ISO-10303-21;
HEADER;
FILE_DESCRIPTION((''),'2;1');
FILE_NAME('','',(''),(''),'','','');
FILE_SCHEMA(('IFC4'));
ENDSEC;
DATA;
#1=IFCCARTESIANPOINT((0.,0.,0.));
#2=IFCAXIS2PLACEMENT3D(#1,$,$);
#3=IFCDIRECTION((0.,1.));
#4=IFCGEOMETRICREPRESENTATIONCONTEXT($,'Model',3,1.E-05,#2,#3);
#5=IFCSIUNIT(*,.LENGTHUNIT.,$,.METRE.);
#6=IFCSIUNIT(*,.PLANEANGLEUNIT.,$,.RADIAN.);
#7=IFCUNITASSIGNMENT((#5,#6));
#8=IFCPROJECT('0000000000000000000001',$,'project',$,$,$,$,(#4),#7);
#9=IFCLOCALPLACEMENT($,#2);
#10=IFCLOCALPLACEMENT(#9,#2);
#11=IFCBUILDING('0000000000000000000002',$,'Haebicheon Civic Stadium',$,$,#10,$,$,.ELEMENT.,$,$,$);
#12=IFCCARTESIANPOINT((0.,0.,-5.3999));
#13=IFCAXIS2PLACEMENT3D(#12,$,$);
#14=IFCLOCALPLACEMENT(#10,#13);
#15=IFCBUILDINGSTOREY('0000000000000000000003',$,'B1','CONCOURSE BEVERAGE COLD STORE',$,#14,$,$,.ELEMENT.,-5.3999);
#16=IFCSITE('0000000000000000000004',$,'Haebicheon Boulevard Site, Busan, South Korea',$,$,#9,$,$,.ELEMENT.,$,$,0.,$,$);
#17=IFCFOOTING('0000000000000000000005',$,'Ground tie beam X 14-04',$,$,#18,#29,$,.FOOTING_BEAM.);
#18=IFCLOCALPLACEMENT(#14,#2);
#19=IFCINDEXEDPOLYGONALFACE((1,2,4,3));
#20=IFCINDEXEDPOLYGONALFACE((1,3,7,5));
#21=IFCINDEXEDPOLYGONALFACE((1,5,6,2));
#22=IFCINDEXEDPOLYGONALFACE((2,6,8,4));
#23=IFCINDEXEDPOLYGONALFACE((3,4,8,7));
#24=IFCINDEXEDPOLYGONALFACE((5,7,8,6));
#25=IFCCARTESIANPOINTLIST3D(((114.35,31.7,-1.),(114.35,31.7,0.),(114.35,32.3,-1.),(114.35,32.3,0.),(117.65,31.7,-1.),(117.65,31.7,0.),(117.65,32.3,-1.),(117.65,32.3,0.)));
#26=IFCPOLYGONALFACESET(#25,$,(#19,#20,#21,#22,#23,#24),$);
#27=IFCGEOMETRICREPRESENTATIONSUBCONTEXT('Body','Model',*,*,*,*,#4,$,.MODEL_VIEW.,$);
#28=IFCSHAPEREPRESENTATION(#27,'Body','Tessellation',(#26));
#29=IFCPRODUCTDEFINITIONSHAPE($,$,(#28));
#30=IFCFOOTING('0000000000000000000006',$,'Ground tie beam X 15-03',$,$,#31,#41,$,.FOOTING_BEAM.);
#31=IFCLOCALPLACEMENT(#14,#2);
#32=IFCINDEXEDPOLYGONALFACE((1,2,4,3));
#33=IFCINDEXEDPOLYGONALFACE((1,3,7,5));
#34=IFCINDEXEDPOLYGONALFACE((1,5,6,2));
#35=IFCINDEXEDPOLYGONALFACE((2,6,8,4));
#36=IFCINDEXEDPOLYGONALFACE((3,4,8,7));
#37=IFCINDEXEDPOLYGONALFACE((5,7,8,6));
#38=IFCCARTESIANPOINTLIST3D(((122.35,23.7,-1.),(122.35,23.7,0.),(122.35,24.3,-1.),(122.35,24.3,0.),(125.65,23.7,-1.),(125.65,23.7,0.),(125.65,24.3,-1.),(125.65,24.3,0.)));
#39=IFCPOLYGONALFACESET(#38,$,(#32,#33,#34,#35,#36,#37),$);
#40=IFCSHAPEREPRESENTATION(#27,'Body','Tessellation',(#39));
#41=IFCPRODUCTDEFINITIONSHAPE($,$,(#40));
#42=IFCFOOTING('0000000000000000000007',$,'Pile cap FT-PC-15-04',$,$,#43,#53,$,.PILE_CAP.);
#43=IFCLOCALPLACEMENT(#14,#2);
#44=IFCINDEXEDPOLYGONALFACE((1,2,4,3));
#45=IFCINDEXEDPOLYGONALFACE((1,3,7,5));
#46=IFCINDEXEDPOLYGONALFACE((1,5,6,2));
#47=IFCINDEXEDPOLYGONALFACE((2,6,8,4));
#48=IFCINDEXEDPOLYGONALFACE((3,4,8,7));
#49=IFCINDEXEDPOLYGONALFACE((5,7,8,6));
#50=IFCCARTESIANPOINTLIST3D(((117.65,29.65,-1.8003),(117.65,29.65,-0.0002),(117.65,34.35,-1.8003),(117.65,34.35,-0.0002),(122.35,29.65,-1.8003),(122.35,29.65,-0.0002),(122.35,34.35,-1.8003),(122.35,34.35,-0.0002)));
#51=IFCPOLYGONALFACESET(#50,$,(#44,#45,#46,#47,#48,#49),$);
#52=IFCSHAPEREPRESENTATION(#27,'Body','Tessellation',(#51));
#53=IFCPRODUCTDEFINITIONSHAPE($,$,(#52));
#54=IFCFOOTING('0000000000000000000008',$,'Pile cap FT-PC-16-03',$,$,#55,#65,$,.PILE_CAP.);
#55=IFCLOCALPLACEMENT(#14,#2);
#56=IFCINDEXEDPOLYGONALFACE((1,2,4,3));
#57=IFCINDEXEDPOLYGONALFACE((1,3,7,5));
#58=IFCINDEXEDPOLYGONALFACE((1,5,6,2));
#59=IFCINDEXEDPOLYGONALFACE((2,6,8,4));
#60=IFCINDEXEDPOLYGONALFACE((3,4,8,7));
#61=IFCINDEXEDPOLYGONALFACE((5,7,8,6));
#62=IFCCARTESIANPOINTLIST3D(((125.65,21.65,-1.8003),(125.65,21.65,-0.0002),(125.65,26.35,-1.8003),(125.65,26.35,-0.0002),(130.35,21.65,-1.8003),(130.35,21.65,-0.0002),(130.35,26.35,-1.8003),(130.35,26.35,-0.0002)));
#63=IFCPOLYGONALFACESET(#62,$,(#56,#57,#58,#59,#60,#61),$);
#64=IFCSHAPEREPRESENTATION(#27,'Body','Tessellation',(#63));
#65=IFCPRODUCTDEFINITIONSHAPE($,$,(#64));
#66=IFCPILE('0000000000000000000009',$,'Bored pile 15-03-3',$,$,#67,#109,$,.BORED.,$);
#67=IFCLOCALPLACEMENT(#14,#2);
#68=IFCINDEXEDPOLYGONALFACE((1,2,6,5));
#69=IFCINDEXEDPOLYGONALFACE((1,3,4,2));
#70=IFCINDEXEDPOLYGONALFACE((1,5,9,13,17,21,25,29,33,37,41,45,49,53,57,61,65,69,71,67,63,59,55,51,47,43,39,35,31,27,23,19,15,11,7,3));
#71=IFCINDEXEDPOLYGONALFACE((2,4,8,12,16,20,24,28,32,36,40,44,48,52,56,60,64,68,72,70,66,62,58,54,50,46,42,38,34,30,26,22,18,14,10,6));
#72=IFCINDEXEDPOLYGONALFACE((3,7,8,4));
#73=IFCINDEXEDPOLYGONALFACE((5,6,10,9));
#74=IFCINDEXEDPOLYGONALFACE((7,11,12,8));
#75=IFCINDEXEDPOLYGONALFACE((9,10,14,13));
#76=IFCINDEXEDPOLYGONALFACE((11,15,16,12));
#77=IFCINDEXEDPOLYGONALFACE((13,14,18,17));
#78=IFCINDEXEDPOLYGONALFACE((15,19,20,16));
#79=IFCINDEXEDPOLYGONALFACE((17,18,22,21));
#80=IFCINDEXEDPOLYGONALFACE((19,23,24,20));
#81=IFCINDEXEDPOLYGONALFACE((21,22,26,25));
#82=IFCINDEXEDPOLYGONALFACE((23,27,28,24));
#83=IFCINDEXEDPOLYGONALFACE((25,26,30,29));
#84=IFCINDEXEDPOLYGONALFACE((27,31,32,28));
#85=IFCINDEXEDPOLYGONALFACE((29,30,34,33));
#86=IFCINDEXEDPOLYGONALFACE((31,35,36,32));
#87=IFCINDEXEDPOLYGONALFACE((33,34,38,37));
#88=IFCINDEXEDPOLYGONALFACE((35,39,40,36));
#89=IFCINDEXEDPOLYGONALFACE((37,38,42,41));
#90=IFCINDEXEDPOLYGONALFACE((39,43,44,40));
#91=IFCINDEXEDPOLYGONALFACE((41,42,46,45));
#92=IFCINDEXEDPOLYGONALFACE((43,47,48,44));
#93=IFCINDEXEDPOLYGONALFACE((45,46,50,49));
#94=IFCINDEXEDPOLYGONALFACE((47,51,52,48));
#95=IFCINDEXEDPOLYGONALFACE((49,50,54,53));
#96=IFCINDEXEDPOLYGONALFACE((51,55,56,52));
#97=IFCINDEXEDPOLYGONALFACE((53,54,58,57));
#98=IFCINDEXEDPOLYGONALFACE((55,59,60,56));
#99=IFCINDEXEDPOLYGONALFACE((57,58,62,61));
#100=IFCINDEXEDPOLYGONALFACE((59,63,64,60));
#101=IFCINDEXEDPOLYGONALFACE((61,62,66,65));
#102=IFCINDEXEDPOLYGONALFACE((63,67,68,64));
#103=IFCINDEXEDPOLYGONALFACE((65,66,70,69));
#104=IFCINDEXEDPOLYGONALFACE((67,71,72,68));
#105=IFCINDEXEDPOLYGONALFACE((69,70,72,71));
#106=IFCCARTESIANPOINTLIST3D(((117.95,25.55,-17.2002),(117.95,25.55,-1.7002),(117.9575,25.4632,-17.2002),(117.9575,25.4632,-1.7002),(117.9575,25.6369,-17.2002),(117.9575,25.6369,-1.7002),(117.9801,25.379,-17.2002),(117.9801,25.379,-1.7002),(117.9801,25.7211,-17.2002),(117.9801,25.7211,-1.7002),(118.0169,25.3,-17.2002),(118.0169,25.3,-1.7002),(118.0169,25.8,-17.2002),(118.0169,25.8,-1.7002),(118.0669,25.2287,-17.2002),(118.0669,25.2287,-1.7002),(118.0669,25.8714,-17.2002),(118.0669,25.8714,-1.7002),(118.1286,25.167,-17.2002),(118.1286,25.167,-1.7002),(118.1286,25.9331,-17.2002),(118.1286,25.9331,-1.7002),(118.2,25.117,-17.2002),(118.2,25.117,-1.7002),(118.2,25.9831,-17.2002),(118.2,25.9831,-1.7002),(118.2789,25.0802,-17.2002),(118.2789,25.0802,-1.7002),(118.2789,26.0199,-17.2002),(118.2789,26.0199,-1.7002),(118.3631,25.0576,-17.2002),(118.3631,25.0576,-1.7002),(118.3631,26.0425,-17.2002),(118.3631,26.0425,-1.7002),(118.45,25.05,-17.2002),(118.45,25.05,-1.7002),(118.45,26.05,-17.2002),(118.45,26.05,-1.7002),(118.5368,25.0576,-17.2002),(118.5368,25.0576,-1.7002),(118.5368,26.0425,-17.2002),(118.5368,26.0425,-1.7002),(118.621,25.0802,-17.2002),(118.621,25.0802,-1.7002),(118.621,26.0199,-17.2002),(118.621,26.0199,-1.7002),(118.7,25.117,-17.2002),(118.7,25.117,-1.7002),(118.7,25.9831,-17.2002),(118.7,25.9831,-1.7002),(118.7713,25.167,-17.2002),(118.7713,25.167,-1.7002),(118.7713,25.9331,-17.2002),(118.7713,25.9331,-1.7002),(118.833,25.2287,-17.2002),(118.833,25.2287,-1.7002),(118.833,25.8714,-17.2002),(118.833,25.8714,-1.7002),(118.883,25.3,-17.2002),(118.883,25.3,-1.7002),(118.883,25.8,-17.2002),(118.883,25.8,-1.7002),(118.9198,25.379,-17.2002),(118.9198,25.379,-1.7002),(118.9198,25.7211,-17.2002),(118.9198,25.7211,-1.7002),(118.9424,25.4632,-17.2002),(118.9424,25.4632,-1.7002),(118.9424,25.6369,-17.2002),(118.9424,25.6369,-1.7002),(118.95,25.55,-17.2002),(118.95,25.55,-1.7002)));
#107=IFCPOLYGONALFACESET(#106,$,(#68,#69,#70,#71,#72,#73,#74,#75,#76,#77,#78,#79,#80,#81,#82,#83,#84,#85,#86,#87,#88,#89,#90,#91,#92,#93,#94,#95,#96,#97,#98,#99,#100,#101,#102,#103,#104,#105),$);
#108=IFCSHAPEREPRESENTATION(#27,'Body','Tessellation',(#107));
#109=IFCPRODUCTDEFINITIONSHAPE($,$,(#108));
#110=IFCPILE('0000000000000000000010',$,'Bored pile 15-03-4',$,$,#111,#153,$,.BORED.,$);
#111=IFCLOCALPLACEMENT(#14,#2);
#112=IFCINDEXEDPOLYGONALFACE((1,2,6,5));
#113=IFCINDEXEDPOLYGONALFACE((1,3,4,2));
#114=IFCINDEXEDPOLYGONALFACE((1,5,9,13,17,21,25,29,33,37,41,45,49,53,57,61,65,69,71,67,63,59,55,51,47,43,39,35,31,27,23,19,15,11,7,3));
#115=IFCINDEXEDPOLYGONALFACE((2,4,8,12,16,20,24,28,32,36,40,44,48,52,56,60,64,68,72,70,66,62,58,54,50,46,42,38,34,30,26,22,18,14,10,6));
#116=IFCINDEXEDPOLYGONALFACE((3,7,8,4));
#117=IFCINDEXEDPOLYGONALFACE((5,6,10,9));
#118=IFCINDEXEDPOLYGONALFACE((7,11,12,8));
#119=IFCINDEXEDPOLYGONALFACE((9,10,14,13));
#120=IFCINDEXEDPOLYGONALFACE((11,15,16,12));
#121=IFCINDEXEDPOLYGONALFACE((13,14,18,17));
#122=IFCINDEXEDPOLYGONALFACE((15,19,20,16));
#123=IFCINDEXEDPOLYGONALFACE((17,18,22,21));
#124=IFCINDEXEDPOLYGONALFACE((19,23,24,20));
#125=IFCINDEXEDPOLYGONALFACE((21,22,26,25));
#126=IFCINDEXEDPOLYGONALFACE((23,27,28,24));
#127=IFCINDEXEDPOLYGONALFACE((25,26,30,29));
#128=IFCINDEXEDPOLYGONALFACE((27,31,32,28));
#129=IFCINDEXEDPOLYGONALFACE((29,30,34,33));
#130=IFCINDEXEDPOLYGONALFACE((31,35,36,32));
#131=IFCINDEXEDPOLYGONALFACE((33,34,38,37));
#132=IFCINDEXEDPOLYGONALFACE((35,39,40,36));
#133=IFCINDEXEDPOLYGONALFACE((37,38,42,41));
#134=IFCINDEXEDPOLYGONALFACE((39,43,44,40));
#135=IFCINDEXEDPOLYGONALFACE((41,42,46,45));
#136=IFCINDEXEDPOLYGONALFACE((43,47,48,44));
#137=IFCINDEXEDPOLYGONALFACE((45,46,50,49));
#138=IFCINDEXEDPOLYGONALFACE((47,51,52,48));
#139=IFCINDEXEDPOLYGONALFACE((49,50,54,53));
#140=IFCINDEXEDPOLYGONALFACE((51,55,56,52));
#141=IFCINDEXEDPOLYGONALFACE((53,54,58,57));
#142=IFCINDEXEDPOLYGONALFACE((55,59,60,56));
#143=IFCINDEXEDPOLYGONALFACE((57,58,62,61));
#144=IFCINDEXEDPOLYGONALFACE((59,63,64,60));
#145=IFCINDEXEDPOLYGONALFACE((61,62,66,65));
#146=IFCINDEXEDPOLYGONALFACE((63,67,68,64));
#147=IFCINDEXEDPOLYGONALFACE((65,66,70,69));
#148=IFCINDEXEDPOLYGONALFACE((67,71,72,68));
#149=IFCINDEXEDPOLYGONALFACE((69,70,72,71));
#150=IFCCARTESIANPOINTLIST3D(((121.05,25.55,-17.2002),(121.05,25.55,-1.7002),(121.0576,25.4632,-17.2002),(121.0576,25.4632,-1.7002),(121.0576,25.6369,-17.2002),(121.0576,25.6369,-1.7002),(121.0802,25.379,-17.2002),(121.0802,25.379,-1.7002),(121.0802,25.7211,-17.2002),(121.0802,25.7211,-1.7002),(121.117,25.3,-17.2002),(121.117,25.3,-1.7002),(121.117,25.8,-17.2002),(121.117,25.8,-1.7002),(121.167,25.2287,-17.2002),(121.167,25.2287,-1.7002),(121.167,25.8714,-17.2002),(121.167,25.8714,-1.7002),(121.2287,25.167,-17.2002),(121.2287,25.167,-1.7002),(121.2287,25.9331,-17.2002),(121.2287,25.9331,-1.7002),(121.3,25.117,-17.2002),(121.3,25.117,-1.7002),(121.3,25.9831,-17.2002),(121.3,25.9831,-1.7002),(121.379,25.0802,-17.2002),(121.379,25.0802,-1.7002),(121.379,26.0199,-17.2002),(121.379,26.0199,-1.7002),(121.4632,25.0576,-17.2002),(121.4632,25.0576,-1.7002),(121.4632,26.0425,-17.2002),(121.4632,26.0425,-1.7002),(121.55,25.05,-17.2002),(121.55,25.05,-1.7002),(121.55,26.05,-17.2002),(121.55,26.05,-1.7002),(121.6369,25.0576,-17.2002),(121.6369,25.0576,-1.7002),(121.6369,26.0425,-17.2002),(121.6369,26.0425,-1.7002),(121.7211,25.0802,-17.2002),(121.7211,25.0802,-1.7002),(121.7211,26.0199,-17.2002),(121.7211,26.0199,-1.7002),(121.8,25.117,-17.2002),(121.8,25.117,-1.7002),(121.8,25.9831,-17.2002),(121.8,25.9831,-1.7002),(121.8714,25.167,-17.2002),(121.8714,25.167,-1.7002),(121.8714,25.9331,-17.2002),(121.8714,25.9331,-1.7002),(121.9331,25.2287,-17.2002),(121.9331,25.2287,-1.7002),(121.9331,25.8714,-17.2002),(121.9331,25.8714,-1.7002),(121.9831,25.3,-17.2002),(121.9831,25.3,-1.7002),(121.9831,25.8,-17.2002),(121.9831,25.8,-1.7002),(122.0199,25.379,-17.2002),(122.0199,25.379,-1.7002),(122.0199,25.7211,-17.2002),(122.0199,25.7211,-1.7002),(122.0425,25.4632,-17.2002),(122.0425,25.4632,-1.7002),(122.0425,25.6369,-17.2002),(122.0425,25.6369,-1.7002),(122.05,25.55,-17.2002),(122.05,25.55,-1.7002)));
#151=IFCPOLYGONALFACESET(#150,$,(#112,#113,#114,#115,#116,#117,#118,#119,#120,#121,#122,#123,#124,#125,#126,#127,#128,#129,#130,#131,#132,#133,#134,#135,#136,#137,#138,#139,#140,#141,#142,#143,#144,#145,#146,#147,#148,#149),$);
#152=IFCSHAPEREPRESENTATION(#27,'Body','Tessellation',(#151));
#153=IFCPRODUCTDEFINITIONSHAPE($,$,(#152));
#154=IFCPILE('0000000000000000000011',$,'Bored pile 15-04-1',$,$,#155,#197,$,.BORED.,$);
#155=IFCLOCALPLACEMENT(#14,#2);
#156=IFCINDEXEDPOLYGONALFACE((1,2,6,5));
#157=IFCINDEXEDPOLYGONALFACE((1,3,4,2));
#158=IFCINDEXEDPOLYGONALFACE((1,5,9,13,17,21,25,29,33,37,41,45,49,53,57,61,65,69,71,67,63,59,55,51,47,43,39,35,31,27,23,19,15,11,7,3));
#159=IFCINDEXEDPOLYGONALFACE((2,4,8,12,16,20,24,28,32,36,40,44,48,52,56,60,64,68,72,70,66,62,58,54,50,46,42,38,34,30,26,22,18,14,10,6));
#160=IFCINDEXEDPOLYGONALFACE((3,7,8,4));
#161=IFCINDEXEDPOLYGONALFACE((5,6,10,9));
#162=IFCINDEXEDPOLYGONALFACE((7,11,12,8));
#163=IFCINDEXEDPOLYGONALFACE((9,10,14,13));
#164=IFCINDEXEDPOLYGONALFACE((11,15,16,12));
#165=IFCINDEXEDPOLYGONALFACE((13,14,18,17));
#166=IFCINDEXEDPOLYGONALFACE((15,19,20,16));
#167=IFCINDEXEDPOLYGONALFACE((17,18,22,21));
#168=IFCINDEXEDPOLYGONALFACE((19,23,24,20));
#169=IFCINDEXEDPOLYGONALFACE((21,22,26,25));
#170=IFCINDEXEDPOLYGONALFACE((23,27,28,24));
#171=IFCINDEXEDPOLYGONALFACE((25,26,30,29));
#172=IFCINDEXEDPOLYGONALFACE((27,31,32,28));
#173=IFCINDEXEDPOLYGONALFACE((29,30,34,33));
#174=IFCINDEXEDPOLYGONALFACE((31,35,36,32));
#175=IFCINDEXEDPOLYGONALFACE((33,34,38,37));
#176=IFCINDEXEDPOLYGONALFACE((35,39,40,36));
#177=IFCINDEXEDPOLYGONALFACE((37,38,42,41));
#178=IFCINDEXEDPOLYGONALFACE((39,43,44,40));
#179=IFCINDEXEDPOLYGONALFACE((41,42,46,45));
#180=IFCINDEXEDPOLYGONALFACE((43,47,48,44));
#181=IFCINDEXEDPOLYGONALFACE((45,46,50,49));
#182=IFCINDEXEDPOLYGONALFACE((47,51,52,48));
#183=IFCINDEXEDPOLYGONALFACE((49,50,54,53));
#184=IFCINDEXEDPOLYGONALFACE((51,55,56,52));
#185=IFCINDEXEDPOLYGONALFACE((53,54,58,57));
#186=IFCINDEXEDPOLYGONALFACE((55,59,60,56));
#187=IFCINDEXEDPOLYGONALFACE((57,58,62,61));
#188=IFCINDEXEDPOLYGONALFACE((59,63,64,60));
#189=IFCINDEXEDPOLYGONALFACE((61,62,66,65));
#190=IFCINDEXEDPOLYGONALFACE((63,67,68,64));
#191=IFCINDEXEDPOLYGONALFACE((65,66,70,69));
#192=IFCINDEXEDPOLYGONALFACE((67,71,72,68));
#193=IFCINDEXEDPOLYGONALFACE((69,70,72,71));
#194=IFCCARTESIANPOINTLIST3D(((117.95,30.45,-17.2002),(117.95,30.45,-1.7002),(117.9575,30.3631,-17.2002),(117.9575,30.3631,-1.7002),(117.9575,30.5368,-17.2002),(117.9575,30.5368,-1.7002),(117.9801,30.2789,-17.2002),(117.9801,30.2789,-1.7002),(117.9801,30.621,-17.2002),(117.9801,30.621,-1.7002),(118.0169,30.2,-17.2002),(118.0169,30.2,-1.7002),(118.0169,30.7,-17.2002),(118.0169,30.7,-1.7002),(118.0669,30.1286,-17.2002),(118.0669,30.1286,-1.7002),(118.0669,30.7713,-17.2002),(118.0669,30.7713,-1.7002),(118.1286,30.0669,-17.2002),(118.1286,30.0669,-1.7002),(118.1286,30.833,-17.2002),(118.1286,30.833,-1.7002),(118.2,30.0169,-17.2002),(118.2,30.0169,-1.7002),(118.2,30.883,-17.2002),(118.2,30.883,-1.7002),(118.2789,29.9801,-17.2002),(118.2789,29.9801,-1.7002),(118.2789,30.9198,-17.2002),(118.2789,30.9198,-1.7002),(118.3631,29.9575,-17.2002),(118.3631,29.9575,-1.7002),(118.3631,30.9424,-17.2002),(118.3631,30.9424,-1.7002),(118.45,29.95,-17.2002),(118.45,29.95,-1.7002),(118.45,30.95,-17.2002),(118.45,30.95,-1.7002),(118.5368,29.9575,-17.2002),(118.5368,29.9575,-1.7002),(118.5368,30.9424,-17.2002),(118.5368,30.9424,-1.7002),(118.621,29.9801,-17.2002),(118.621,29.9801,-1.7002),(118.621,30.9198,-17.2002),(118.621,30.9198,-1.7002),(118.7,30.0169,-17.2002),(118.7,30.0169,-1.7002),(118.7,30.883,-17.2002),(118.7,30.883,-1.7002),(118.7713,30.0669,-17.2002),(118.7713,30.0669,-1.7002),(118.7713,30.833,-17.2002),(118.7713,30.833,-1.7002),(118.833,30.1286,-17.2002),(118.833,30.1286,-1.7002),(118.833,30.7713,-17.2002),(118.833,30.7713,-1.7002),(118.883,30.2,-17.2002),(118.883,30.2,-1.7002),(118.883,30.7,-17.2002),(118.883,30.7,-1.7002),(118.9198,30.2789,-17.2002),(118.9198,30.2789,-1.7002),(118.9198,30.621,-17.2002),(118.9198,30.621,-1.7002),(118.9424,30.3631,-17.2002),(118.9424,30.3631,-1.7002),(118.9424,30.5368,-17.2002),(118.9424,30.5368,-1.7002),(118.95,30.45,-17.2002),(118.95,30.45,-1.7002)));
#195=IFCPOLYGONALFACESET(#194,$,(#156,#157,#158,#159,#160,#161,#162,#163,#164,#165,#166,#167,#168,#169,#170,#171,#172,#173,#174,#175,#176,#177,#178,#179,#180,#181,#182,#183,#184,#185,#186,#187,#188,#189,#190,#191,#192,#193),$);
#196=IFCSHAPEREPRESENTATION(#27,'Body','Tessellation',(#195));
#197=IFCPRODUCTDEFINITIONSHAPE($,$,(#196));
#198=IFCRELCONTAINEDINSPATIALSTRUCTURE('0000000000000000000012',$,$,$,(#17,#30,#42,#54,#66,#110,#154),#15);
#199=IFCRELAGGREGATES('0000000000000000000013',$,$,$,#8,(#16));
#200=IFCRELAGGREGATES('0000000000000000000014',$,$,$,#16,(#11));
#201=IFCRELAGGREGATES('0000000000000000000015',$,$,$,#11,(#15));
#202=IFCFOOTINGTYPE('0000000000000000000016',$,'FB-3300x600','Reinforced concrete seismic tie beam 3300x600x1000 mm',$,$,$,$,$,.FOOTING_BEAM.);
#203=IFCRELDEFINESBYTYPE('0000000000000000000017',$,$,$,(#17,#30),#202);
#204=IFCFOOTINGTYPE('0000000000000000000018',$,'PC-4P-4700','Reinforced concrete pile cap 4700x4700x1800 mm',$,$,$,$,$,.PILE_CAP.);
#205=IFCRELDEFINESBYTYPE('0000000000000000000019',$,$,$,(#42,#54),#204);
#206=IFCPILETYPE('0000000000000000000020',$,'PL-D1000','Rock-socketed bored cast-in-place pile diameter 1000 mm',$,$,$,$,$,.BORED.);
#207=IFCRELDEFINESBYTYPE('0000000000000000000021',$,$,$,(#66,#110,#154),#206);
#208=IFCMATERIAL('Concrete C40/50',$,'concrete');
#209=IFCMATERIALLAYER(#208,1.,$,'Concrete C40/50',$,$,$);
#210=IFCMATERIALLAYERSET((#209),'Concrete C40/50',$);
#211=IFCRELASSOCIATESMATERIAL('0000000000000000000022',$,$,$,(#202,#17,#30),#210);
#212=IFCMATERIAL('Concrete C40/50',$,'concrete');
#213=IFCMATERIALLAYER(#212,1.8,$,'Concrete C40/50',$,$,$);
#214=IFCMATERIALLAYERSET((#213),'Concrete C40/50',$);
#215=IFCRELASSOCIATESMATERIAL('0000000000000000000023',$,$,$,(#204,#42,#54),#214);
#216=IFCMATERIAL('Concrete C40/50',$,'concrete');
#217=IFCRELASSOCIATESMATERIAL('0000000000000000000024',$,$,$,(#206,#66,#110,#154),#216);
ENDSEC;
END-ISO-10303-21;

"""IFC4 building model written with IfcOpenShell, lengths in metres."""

from ifc_helpers import new_model, si_unit, direction, frame, origin, origin_2d, place, context, subcontext, project, spatial, rectangle, circle, extrude, material, layer, layer_set, material_profile, profile_set, type_object, element, save


model = new_model("IFC4")

# Units and contexts
model_context = context("Model", 3, precision=1e-05, world=origin(), true_north=direction((0.0, 1.0)))
body_context = subcontext(model_context, "Body", "Model", "MODEL_VIEW")
ifc_project = project(units=[si_unit("LENGTHUNIT", "METRE"), si_unit("PLANEANGLEUNIT", "RADIAN")], contexts=[model_context])

# Site, building, storey
site_placement = place(None, origin())
site = spatial("IfcSite", under=ifc_project, at=site_placement, Name="Haebicheon Boulevard Site, Busan, South Korea", CompositionType="ELEMENT", RefElevation=0.0)
building_placement = place(site_placement, origin())
building = spatial("IfcBuilding", under=site, at=building_placement, Name="Haebicheon Civic Stadium", CompositionType="ELEMENT")
storey_placement = place(building_placement, frame((0.0, 0.0, -5.3999)))
storey = spatial("IfcBuildingStorey", under=building, at=storey_placement, Name="B1", Description="CONCOURSE BEVERAGE COLD STORE", CompositionType="ELEMENT", Elevation=-5.3999)

# Footings
ifc_material_1 = material(Name="Concrete C40/50", Category="concrete")
ifc_layer_1 = layer(ifc_material_1, 1.0, Name="Concrete C40/50")
ifc_layer_set_1 = layer_set([ifc_layer_1], Name="Concrete C40/50")
footing_type_1 = type_object("IfcFootingType", Name="FB-3300x600", Description="Reinforced concrete seismic tie beam 3300x600x1000 mm", PredefinedType="FOOTING_BEAM", material=ifc_layer_set_1)
for number, where, z_axis, x_axis, name in (
    (1, (116.0, 32.0, -1.0), (0.0, 0.0, 1.0), (1.0, 0.0, 0.0), "Ground tie beam X 14-04"),
    (2, (124.0, 24.0, -1.0), (0.0, 0.0, 1.0), (1.0, 0.0, 0.0), "Ground tie beam X 15-03"),
):
    element("IfcFooting", number, at=place(storey_placement, frame(where, z_axis=z_axis, x_axis=x_axis)), inside=storey, type_object=footing_type_1, material=ifc_layer_set_1, Name=name, PredefinedType="FOOTING_BEAM", context=body_context, shape_type="SweptSolid", body=[
        extrude(rectangle(XDim=3.3, YDim=0.6001, at=origin_2d()), origin(), (0.0, 0.0, 1.0), 1.0),
    ])
ifc_material_2 = material(Name="Concrete C40/50", Category="concrete")
ifc_layer_2 = layer(ifc_material_2, 1.8, Name="Concrete C40/50")
ifc_layer_set_2 = layer_set([ifc_layer_2], Name="Concrete C40/50")
footing_type_2 = type_object("IfcFootingType", Name="PC-4P-4700", Description="Reinforced concrete pile cap 4700x4700x1800 mm", PredefinedType="PILE_CAP", material=ifc_layer_set_2)
for number, where, z_axis, x_axis, name in (
    (3, (120.0, 32.0, -1.8003), (0.0, 0.0, 1.0), (1.0, 0.0, 0.0), "Pile cap FT-PC-15-04"),
    (4, (128.0, 24.0, -1.8003), (0.0, 0.0, 1.0), (1.0, 0.0, 0.0), "Pile cap FT-PC-16-03"),
):
    element("IfcFooting", number, at=place(storey_placement, frame(where, z_axis=z_axis, x_axis=x_axis)), inside=storey, type_object=footing_type_2, material=ifc_layer_set_2, Name=name, PredefinedType="PILE_CAP", context=body_context, shape_type="SweptSolid", body=[
        extrude(rectangle(XDim=4.7, YDim=4.7, at=origin_2d()), origin(), (0.0, 0.0, 1.0), 1.8),
    ])

# Piles
ifc_material_3 = material(Name="Concrete C40/50", Category="concrete")
ifc_material_profile_1 = material_profile(ifc_material_3, circle(Radius=0.5, at=origin_2d()), Name="PILE-D1000")
ifc_profile_set_1 = profile_set([ifc_material_profile_1], Name="Concrete C40/50")
pile_type = type_object("IfcPileType", Name="PL-D1000", Description="Rock-socketed bored cast-in-place pile diameter 1000 mm", PredefinedType="BORED", material=ifc_profile_set_1)
for number, where, z_axis, x_axis, name in (
    (5, (118.45, 25.55, -1.7002), (0.0, 0.0, -1.0), (1.0, 0.0, 0.0), "Bored pile 15-03-3"),
    (6, (121.55, 25.55, -1.7002), (0.0, 0.0, -1.0), (1.0, 0.0, 0.0), "Bored pile 15-03-4"),
    (7, (118.45, 30.45, -1.7002), (0.0, 0.0, -1.0), (1.0, 0.0, 0.0), "Bored pile 15-04-1"),
):
    element("IfcPile", number, at=place(storey_placement, frame(where, z_axis=z_axis, x_axis=x_axis)), inside=storey, type_object=pile_type, material=ifc_profile_set_1, Name=name, PredefinedType="BORED", context=body_context, shape_type="SweptSolid", body=[
        extrude(circle(Radius=0.5, at=origin_2d()), origin(), (0.0, 0.0, 1.0), 15.5),
    ])

save(model, "model.ifc")
